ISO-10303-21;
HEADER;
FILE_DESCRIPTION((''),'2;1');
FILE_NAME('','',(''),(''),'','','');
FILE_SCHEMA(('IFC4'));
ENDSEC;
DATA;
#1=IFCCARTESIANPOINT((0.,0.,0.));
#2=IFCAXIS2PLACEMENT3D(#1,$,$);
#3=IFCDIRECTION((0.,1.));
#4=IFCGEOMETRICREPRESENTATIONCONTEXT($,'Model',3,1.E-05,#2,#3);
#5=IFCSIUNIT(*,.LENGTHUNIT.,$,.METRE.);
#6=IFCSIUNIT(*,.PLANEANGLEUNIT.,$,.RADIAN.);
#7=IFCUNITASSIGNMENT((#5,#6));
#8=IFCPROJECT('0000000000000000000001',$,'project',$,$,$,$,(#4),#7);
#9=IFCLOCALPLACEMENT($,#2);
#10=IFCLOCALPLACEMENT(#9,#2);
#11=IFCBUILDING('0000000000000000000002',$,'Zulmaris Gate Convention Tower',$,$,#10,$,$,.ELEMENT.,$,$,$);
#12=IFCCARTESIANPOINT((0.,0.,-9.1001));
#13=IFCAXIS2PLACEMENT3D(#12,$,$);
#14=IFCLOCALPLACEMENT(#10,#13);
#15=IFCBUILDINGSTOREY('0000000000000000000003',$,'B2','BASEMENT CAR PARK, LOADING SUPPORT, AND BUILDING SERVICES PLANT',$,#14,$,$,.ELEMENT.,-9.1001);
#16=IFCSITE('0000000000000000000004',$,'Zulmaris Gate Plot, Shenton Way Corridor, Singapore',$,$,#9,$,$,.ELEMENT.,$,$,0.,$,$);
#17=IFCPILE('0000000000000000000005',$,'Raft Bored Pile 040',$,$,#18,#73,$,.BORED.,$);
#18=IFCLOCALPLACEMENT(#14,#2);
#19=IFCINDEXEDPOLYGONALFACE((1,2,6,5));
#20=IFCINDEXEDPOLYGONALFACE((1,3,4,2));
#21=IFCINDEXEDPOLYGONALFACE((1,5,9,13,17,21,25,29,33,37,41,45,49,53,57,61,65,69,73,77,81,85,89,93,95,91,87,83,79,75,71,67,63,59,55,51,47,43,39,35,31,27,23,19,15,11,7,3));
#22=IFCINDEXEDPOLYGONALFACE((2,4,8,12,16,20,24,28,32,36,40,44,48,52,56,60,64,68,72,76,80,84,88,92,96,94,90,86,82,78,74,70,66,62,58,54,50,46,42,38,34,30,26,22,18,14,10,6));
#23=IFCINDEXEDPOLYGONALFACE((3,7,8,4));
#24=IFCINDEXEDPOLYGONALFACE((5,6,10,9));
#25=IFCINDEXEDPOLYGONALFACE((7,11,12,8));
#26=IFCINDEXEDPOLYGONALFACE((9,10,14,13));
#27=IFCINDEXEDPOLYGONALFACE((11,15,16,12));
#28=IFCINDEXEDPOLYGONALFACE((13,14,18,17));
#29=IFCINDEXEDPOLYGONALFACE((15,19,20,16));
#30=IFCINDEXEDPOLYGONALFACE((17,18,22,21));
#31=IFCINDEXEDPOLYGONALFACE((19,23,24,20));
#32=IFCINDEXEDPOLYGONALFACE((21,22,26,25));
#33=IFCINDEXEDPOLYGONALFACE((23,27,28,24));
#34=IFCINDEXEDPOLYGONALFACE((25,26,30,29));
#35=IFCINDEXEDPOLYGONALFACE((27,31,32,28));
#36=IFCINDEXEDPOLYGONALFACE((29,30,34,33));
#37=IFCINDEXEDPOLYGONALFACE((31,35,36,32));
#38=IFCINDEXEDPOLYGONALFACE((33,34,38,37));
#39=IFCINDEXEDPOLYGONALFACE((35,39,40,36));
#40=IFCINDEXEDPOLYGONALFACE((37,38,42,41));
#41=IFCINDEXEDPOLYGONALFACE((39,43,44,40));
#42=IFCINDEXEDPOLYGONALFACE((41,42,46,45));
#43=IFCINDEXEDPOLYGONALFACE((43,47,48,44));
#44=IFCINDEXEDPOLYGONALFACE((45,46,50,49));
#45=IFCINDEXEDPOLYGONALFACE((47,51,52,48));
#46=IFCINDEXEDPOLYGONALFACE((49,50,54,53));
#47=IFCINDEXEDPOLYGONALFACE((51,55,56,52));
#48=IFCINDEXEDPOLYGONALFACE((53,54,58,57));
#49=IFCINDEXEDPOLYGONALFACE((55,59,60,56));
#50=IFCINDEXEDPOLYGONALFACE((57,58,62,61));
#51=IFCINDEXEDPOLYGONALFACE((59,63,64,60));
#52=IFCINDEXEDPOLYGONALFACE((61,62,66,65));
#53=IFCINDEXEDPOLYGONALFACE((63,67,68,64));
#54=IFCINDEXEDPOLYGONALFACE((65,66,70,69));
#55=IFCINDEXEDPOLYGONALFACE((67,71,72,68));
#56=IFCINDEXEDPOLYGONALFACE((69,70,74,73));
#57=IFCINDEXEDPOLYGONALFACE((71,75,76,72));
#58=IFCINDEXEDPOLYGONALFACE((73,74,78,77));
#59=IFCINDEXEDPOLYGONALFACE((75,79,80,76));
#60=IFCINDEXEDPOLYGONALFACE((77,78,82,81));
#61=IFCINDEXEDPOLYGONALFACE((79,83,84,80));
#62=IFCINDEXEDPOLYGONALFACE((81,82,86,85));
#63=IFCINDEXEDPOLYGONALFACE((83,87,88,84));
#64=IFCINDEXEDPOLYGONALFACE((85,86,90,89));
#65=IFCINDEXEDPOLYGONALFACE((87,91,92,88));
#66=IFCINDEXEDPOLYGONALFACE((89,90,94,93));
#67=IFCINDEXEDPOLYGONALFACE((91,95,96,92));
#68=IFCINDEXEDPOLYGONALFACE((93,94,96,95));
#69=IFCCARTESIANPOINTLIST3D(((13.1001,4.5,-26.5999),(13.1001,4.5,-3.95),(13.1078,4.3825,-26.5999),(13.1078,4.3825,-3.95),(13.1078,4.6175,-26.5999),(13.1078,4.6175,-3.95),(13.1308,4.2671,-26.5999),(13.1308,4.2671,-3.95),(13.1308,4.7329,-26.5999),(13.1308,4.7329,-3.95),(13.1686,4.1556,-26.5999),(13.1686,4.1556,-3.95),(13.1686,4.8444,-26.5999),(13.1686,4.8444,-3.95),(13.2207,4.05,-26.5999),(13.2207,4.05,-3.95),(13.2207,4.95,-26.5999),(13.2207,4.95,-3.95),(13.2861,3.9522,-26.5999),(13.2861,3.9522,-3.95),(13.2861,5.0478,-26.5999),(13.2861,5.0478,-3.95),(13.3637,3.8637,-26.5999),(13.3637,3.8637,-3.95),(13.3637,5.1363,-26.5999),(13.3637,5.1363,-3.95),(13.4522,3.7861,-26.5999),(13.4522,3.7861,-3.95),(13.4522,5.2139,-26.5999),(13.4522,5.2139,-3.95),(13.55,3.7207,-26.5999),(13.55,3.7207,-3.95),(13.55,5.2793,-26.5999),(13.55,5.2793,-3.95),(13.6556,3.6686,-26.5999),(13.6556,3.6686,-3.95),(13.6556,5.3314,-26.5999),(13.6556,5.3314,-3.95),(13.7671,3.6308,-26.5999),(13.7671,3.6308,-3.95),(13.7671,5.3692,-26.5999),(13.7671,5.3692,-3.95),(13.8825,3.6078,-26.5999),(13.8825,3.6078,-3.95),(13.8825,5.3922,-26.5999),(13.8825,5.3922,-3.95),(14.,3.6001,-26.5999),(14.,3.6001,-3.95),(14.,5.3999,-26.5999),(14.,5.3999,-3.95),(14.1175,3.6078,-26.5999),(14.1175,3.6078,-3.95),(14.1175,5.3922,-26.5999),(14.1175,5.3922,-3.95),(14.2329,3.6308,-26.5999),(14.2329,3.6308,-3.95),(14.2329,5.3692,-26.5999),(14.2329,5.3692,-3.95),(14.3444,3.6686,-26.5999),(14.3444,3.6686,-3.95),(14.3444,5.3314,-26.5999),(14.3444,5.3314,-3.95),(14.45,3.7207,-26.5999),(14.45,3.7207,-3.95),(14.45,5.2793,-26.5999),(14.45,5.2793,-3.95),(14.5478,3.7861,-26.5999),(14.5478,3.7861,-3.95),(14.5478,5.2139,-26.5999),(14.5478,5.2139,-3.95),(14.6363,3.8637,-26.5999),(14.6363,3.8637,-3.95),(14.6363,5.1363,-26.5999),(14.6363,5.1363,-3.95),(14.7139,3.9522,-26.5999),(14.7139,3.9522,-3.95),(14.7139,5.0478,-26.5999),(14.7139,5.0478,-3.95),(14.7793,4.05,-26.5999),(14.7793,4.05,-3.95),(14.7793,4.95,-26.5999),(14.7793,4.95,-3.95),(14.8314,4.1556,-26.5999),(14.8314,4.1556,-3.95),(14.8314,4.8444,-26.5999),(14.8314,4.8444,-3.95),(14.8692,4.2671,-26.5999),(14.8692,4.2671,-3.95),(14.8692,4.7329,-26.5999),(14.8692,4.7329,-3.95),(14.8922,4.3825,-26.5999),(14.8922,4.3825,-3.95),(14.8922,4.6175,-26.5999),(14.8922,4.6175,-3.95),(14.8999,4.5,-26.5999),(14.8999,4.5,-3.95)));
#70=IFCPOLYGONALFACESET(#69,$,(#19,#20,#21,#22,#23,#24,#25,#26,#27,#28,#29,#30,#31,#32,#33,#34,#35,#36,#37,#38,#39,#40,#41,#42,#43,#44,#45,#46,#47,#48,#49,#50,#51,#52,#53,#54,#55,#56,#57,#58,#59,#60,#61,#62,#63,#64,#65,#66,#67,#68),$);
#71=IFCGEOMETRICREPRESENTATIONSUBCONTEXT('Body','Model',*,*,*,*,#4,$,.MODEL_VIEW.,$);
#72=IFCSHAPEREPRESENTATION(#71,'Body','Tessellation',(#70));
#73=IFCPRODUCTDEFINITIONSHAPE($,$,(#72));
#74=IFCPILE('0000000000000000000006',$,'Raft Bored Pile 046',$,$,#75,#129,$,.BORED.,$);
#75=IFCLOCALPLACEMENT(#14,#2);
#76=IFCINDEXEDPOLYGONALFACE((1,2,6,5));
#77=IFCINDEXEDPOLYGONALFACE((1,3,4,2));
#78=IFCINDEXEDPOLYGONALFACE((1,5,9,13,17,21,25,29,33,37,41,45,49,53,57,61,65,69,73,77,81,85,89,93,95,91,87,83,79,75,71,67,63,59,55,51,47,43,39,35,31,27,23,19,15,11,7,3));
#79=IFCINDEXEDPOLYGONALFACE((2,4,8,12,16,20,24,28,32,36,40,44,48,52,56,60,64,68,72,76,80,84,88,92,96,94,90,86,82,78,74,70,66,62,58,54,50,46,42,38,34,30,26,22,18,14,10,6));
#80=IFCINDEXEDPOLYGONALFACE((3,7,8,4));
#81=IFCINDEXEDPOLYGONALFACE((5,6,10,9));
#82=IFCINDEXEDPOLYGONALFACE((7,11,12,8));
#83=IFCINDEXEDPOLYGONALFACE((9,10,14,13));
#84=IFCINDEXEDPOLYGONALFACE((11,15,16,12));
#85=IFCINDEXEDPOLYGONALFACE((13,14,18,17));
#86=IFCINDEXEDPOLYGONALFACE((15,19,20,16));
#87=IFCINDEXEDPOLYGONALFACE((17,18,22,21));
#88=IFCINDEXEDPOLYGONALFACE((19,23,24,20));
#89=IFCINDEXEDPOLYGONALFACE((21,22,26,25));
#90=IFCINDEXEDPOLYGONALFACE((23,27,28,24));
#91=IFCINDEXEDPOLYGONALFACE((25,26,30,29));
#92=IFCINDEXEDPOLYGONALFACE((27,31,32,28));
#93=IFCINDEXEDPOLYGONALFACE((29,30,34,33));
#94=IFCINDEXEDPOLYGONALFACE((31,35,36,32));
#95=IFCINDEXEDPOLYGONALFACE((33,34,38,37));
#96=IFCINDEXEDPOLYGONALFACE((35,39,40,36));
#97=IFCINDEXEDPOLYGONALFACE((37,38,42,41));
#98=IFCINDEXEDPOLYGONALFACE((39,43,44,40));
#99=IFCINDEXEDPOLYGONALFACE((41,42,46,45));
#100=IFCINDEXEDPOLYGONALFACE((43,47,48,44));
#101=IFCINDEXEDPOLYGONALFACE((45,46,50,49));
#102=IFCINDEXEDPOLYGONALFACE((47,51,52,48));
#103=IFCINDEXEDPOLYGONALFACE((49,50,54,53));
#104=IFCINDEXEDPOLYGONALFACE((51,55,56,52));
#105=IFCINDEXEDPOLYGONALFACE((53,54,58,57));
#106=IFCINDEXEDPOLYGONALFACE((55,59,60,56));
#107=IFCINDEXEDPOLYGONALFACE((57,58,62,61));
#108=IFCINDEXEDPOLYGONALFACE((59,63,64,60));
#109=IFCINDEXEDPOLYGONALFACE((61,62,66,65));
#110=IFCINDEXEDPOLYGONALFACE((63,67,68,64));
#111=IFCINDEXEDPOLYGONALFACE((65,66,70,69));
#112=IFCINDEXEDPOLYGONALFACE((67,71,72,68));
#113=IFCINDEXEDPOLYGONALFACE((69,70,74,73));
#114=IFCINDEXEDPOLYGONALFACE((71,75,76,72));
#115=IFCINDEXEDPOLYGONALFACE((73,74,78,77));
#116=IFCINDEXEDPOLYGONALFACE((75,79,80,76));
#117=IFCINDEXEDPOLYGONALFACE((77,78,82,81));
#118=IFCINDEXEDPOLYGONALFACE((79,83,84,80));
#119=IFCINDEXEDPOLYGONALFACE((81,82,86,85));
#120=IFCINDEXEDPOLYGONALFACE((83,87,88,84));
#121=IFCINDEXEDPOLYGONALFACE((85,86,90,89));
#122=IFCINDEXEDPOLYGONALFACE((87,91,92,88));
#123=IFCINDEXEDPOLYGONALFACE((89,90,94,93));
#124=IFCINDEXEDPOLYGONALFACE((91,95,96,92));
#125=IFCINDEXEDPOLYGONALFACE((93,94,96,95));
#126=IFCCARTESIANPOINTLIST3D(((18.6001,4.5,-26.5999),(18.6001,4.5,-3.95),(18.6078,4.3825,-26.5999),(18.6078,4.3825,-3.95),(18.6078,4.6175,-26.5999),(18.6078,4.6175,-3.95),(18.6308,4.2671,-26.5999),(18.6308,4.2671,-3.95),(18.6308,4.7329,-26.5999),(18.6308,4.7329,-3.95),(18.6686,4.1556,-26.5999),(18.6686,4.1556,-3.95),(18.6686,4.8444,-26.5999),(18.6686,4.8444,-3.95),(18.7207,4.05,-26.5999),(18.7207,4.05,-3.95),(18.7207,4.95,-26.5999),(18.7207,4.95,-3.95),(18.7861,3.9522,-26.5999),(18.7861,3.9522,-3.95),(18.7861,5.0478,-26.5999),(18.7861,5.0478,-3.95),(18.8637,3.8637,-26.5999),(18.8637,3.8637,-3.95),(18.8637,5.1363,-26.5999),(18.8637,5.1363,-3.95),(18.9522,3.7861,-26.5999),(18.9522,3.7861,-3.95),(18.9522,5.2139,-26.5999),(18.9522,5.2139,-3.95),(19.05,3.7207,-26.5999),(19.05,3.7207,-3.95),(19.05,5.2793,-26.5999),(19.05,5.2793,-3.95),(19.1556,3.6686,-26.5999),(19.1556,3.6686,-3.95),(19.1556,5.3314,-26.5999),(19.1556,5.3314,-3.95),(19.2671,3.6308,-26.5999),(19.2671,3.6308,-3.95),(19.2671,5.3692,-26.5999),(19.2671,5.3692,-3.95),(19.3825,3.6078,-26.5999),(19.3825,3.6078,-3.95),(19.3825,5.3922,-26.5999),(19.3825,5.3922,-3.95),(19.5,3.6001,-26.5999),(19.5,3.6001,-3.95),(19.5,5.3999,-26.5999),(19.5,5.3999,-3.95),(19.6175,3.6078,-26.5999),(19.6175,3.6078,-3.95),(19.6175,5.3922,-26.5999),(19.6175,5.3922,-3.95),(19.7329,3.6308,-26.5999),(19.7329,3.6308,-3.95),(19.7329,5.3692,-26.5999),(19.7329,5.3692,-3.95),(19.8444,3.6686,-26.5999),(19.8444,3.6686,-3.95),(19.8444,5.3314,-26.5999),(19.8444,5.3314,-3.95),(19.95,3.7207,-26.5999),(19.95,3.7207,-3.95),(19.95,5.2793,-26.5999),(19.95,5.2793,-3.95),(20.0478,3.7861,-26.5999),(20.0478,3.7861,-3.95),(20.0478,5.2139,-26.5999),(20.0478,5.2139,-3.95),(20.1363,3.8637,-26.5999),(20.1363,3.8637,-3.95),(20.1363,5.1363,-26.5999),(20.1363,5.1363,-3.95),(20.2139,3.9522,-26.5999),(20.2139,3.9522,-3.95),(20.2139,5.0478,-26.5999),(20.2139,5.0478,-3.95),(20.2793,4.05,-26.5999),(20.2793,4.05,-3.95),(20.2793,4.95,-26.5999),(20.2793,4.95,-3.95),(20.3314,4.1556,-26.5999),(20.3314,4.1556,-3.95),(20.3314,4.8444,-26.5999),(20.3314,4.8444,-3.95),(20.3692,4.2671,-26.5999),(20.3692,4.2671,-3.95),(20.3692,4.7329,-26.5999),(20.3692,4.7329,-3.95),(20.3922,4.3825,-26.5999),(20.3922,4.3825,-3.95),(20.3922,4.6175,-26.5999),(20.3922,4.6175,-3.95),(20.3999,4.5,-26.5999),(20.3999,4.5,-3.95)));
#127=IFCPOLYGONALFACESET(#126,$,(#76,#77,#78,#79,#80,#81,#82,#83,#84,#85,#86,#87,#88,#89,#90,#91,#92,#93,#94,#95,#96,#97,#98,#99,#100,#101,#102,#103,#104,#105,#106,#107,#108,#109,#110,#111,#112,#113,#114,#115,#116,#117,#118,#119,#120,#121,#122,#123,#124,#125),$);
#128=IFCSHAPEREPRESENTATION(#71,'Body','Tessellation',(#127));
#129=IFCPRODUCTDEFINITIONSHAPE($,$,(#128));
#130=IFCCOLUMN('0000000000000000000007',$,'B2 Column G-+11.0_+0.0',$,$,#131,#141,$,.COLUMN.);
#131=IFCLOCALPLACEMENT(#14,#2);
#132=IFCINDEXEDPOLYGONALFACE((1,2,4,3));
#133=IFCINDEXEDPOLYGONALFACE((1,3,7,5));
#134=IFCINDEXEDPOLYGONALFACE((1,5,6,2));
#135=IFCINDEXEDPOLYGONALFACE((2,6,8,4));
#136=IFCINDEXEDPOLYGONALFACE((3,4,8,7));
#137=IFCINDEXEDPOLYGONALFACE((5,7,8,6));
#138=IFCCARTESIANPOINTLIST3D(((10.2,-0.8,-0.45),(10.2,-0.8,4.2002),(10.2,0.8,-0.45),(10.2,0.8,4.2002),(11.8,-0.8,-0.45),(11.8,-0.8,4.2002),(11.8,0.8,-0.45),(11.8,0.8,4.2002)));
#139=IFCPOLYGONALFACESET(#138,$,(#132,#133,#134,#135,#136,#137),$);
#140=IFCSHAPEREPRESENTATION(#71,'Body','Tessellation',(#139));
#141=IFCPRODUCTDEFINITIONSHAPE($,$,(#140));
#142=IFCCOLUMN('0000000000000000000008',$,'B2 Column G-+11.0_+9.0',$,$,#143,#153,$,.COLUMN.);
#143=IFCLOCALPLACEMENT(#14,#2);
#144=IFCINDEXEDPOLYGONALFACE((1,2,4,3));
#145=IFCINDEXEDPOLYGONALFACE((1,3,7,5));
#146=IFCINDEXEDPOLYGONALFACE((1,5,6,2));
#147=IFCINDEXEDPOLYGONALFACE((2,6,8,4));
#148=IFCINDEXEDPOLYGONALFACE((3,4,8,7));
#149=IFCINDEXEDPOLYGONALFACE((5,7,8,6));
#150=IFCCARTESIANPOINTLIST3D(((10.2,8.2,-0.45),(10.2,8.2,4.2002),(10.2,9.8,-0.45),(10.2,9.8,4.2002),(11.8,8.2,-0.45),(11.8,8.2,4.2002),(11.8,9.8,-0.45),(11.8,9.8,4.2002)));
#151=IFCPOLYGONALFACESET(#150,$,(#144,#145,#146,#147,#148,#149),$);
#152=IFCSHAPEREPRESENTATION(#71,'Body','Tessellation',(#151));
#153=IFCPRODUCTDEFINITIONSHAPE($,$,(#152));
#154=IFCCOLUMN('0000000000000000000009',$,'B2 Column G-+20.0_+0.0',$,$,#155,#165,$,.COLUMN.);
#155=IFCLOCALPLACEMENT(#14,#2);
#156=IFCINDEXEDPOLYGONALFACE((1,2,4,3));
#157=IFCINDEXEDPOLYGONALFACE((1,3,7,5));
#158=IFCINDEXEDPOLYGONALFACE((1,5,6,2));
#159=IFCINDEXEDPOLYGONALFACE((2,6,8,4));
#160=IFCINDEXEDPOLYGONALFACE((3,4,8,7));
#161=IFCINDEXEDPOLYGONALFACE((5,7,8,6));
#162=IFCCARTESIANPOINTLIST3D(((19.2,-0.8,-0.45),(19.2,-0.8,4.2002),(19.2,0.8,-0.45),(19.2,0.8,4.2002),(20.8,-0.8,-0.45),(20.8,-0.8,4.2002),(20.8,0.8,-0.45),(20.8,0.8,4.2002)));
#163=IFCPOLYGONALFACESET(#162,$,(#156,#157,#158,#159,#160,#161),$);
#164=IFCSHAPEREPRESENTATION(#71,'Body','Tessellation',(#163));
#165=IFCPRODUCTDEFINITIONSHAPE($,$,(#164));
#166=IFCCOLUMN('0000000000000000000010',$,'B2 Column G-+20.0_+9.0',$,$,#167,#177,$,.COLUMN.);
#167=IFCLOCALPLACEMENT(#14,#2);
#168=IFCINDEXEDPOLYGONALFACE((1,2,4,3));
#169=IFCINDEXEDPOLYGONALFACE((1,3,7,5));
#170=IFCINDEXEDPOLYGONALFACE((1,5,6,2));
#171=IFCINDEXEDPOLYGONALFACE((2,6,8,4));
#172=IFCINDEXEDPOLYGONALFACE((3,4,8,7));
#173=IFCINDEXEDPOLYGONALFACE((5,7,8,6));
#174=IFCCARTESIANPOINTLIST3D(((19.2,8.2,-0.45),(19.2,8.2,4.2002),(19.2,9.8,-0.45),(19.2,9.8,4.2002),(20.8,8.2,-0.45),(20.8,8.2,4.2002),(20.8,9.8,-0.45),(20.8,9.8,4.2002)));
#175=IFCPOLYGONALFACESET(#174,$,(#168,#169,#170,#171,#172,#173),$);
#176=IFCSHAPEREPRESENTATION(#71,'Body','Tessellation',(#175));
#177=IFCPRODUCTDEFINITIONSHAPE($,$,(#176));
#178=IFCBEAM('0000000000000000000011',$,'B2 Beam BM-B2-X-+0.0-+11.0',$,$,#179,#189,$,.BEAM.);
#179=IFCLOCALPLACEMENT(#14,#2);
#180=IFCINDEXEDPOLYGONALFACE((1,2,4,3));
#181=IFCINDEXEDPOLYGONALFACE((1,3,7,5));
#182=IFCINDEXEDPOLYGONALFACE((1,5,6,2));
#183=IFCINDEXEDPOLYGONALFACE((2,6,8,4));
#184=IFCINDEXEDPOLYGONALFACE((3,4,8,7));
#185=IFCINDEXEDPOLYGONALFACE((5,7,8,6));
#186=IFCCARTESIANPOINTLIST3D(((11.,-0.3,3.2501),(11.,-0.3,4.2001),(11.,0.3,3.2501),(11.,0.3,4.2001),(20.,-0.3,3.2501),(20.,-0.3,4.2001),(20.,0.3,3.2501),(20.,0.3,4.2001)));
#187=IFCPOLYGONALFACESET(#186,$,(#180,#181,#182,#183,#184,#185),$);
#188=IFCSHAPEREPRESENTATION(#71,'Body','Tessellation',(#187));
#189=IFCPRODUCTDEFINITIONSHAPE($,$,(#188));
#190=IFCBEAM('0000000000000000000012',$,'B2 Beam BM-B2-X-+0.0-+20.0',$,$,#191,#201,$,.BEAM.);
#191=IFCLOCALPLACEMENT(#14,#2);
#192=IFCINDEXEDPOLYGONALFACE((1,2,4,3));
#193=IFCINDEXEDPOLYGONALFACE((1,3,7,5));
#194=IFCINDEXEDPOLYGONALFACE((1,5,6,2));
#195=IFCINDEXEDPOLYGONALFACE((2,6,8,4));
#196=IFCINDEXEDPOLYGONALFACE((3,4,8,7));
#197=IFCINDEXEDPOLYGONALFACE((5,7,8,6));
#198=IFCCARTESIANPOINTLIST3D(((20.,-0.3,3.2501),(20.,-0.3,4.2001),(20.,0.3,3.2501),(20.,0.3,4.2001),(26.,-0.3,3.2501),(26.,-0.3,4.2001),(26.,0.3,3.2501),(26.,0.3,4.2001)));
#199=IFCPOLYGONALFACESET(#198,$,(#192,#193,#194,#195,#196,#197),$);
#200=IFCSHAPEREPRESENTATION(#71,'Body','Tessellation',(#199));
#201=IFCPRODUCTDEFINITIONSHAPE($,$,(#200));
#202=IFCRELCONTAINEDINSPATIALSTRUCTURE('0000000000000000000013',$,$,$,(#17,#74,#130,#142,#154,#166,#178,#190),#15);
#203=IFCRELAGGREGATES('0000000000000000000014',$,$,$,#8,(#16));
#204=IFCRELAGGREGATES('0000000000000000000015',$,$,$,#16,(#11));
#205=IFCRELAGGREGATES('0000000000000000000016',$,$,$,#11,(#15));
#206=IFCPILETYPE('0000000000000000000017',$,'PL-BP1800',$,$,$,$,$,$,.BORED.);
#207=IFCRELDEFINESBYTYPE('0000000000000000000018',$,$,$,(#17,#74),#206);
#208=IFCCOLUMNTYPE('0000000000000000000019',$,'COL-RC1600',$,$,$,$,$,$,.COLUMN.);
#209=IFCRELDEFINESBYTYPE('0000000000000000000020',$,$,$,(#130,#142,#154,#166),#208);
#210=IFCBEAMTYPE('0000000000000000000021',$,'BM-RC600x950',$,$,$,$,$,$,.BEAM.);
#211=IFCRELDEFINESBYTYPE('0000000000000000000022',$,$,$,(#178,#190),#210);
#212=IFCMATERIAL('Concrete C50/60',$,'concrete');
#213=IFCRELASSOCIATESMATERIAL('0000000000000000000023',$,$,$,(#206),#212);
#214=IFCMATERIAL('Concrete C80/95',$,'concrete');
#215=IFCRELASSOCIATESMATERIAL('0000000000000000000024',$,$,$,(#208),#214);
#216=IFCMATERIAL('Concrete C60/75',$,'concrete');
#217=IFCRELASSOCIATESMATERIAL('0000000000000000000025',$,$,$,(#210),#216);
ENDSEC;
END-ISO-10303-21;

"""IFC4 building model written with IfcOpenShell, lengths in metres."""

from ifc_helpers import new_model, si_unit, direction, frame, origin, origin_2d, place, context, subcontext, project, spatial, rectangle, circle, extrude, material, material_profile, profile_set, type_object, element, save


model = new_model("IFC4")

# Units and contexts
model_context = context("Model", 3, precision=1e-05, world=origin(), true_north=direction((0.0, 1.0)))
body_context = subcontext(model_context, "Body", "Model", "MODEL_VIEW")
ifc_project = project(units=[si_unit("LENGTHUNIT", "METRE"), si_unit("PLANEANGLEUNIT", "RADIAN")], contexts=[model_context])

# Site, building, storey
site_placement = place(None, origin())
site = spatial("IfcSite", under=ifc_project, at=site_placement, Name="Zulmaris Gate Plot, Shenton Way Corridor, Singapore", CompositionType="ELEMENT", RefElevation=0.0)
building_placement = place(site_placement, origin())
building = spatial("IfcBuilding", under=site, at=building_placement, Name="Zulmaris Gate Convention Tower", CompositionType="ELEMENT")
storey_placement = place(building_placement, frame((0.0, 0.0, -9.1001)))
storey = spatial("IfcBuildingStorey", under=building, at=storey_placement, Name="B2", Description="BASEMENT CAR PARK, LOADING SUPPORT, AND BUILDING SERVICES PLANT", CompositionType="ELEMENT", Elevation=-9.1001)

# Piles
ifc_material_1 = material(Name="Concrete C50/60", Category="concrete")
ifc_material_profile_1 = material_profile(ifc_material_1, circle(Radius=0.8999, at=origin_2d()), Name="BORED PILE 1800")
ifc_profile_set_1 = profile_set([ifc_material_profile_1], Name="Concrete C50/60")
pile_type = type_object("IfcPileType", Name="PL-BP1800", PredefinedType="BORED", material=ifc_profile_set_1)
for number, where, z_axis, x_axis, name in (
    (1, (14.0, 4.5, -3.95), (0.0, 0.0, -1.0), (1.0, 0.0, 0.0), "Raft Bored Pile 040"),
    (2, (19.5, 4.5, -3.95), (0.0, 0.0, -1.0), (1.0, 0.0, 0.0), "Raft Bored Pile 046"),
):
    element("IfcPile", number, at=place(storey_placement, frame(where, z_axis=z_axis, x_axis=x_axis)), inside=storey, type_object=pile_type, Name=name, PredefinedType="BORED", context=body_context, shape_type="SweptSolid", body=[
        extrude(circle(Radius=0.8999, at=origin_2d()), origin(), (0.0, 0.0, 1.0), 22.6499),
    ])

# Columns
ifc_material_2 = material(Name="Concrete C80/95", Category="concrete")
ifc_material_profile_2 = material_profile(ifc_material_2, rectangle(XDim=1.6001, YDim=1.6001, at=origin_2d()), Name="RC COL 1600x1600")
ifc_profile_set_2 = profile_set([ifc_material_profile_2], Name="Concrete C80/95")
column_type = type_object("IfcColumnType", Name="COL-RC1600", PredefinedType="COLUMN", material=ifc_profile_set_2)
for number, where, z_axis, x_axis, name in (
    (3, (11.0, 0.0, -0.45), (0.0, 0.0, 1.0), (1.0, 0.0, 0.0), "B2 Column G-+11.0_+0.0"),
    (4, (11.0, 9.0, -0.45), (0.0, 0.0, 1.0), (1.0, 0.0, 0.0), "B2 Column G-+11.0_+9.0"),
    (5, (20.0, 0.0, -0.45), (0.0, 0.0, 1.0), (1.0, 0.0, 0.0), "B2 Column G-+20.0_+0.0"),
    (6, (20.0, 9.0, -0.45), (0.0, 0.0, 1.0), (1.0, 0.0, 0.0), "B2 Column G-+20.0_+9.0"),
):
    element("IfcColumn", number, at=place(storey_placement, frame(where, z_axis=z_axis, x_axis=x_axis)), inside=storey, type_object=column_type, Name=name, PredefinedType="COLUMN", context=body_context, shape_type="SweptSolid", body=[
        extrude(rectangle(XDim=1.6001, YDim=1.6001, at=origin_2d()), origin(), (0.0, 0.0, 1.0), 4.6501),
    ])

# Beams
ifc_material_3 = material(Name="Concrete C60/75", Category="concrete")
ifc_material_profile_3 = material_profile(ifc_material_3, rectangle(XDim=0.6001, YDim=0.95, at=origin_2d()), Name="RC BEAM 600x950")
ifc_profile_set_3 = profile_set([ifc_material_profile_3], Name="Concrete C60/75")
beam_type = type_object("IfcBeamType", Name="BM-RC600x950", PredefinedType="BEAM", material=ifc_profile_set_3)
beam_1_placement = place(storey_placement, frame((11.0, 0.0, 3.7251), z_axis=(1.0, 0.0, 0.0), x_axis=(0.0, 1.0, 0.0)))
element("IfcBeam", 7, at=beam_1_placement, inside=storey, type_object=beam_type, Name="B2 Beam BM-B2-X-+0.0-+11.0", PredefinedType="BEAM", context=body_context, shape_type="SweptSolid", body=[
    extrude(rectangle(XDim=0.6001, YDim=0.95, at=origin_2d()), origin(), (0.0, 0.0, 1.0), 9.0),
])
beam_2_placement = place(storey_placement, frame((20.0, 0.0, 3.7251), z_axis=(1.0, 0.0, 0.0), x_axis=(0.0, 1.0, 0.0)))
element("IfcBeam", 8, at=beam_2_placement, inside=storey, type_object=beam_type, Name="B2 Beam BM-B2-X-+0.0-+20.0", PredefinedType="BEAM", context=body_context, shape_type="SweptSolid", body=[
    extrude(rectangle(XDim=0.6001, YDim=0.95, at=origin_2d()), origin(), (0.0, 0.0, 1.0), 6.0),
])

save(model, "model.ifc")
